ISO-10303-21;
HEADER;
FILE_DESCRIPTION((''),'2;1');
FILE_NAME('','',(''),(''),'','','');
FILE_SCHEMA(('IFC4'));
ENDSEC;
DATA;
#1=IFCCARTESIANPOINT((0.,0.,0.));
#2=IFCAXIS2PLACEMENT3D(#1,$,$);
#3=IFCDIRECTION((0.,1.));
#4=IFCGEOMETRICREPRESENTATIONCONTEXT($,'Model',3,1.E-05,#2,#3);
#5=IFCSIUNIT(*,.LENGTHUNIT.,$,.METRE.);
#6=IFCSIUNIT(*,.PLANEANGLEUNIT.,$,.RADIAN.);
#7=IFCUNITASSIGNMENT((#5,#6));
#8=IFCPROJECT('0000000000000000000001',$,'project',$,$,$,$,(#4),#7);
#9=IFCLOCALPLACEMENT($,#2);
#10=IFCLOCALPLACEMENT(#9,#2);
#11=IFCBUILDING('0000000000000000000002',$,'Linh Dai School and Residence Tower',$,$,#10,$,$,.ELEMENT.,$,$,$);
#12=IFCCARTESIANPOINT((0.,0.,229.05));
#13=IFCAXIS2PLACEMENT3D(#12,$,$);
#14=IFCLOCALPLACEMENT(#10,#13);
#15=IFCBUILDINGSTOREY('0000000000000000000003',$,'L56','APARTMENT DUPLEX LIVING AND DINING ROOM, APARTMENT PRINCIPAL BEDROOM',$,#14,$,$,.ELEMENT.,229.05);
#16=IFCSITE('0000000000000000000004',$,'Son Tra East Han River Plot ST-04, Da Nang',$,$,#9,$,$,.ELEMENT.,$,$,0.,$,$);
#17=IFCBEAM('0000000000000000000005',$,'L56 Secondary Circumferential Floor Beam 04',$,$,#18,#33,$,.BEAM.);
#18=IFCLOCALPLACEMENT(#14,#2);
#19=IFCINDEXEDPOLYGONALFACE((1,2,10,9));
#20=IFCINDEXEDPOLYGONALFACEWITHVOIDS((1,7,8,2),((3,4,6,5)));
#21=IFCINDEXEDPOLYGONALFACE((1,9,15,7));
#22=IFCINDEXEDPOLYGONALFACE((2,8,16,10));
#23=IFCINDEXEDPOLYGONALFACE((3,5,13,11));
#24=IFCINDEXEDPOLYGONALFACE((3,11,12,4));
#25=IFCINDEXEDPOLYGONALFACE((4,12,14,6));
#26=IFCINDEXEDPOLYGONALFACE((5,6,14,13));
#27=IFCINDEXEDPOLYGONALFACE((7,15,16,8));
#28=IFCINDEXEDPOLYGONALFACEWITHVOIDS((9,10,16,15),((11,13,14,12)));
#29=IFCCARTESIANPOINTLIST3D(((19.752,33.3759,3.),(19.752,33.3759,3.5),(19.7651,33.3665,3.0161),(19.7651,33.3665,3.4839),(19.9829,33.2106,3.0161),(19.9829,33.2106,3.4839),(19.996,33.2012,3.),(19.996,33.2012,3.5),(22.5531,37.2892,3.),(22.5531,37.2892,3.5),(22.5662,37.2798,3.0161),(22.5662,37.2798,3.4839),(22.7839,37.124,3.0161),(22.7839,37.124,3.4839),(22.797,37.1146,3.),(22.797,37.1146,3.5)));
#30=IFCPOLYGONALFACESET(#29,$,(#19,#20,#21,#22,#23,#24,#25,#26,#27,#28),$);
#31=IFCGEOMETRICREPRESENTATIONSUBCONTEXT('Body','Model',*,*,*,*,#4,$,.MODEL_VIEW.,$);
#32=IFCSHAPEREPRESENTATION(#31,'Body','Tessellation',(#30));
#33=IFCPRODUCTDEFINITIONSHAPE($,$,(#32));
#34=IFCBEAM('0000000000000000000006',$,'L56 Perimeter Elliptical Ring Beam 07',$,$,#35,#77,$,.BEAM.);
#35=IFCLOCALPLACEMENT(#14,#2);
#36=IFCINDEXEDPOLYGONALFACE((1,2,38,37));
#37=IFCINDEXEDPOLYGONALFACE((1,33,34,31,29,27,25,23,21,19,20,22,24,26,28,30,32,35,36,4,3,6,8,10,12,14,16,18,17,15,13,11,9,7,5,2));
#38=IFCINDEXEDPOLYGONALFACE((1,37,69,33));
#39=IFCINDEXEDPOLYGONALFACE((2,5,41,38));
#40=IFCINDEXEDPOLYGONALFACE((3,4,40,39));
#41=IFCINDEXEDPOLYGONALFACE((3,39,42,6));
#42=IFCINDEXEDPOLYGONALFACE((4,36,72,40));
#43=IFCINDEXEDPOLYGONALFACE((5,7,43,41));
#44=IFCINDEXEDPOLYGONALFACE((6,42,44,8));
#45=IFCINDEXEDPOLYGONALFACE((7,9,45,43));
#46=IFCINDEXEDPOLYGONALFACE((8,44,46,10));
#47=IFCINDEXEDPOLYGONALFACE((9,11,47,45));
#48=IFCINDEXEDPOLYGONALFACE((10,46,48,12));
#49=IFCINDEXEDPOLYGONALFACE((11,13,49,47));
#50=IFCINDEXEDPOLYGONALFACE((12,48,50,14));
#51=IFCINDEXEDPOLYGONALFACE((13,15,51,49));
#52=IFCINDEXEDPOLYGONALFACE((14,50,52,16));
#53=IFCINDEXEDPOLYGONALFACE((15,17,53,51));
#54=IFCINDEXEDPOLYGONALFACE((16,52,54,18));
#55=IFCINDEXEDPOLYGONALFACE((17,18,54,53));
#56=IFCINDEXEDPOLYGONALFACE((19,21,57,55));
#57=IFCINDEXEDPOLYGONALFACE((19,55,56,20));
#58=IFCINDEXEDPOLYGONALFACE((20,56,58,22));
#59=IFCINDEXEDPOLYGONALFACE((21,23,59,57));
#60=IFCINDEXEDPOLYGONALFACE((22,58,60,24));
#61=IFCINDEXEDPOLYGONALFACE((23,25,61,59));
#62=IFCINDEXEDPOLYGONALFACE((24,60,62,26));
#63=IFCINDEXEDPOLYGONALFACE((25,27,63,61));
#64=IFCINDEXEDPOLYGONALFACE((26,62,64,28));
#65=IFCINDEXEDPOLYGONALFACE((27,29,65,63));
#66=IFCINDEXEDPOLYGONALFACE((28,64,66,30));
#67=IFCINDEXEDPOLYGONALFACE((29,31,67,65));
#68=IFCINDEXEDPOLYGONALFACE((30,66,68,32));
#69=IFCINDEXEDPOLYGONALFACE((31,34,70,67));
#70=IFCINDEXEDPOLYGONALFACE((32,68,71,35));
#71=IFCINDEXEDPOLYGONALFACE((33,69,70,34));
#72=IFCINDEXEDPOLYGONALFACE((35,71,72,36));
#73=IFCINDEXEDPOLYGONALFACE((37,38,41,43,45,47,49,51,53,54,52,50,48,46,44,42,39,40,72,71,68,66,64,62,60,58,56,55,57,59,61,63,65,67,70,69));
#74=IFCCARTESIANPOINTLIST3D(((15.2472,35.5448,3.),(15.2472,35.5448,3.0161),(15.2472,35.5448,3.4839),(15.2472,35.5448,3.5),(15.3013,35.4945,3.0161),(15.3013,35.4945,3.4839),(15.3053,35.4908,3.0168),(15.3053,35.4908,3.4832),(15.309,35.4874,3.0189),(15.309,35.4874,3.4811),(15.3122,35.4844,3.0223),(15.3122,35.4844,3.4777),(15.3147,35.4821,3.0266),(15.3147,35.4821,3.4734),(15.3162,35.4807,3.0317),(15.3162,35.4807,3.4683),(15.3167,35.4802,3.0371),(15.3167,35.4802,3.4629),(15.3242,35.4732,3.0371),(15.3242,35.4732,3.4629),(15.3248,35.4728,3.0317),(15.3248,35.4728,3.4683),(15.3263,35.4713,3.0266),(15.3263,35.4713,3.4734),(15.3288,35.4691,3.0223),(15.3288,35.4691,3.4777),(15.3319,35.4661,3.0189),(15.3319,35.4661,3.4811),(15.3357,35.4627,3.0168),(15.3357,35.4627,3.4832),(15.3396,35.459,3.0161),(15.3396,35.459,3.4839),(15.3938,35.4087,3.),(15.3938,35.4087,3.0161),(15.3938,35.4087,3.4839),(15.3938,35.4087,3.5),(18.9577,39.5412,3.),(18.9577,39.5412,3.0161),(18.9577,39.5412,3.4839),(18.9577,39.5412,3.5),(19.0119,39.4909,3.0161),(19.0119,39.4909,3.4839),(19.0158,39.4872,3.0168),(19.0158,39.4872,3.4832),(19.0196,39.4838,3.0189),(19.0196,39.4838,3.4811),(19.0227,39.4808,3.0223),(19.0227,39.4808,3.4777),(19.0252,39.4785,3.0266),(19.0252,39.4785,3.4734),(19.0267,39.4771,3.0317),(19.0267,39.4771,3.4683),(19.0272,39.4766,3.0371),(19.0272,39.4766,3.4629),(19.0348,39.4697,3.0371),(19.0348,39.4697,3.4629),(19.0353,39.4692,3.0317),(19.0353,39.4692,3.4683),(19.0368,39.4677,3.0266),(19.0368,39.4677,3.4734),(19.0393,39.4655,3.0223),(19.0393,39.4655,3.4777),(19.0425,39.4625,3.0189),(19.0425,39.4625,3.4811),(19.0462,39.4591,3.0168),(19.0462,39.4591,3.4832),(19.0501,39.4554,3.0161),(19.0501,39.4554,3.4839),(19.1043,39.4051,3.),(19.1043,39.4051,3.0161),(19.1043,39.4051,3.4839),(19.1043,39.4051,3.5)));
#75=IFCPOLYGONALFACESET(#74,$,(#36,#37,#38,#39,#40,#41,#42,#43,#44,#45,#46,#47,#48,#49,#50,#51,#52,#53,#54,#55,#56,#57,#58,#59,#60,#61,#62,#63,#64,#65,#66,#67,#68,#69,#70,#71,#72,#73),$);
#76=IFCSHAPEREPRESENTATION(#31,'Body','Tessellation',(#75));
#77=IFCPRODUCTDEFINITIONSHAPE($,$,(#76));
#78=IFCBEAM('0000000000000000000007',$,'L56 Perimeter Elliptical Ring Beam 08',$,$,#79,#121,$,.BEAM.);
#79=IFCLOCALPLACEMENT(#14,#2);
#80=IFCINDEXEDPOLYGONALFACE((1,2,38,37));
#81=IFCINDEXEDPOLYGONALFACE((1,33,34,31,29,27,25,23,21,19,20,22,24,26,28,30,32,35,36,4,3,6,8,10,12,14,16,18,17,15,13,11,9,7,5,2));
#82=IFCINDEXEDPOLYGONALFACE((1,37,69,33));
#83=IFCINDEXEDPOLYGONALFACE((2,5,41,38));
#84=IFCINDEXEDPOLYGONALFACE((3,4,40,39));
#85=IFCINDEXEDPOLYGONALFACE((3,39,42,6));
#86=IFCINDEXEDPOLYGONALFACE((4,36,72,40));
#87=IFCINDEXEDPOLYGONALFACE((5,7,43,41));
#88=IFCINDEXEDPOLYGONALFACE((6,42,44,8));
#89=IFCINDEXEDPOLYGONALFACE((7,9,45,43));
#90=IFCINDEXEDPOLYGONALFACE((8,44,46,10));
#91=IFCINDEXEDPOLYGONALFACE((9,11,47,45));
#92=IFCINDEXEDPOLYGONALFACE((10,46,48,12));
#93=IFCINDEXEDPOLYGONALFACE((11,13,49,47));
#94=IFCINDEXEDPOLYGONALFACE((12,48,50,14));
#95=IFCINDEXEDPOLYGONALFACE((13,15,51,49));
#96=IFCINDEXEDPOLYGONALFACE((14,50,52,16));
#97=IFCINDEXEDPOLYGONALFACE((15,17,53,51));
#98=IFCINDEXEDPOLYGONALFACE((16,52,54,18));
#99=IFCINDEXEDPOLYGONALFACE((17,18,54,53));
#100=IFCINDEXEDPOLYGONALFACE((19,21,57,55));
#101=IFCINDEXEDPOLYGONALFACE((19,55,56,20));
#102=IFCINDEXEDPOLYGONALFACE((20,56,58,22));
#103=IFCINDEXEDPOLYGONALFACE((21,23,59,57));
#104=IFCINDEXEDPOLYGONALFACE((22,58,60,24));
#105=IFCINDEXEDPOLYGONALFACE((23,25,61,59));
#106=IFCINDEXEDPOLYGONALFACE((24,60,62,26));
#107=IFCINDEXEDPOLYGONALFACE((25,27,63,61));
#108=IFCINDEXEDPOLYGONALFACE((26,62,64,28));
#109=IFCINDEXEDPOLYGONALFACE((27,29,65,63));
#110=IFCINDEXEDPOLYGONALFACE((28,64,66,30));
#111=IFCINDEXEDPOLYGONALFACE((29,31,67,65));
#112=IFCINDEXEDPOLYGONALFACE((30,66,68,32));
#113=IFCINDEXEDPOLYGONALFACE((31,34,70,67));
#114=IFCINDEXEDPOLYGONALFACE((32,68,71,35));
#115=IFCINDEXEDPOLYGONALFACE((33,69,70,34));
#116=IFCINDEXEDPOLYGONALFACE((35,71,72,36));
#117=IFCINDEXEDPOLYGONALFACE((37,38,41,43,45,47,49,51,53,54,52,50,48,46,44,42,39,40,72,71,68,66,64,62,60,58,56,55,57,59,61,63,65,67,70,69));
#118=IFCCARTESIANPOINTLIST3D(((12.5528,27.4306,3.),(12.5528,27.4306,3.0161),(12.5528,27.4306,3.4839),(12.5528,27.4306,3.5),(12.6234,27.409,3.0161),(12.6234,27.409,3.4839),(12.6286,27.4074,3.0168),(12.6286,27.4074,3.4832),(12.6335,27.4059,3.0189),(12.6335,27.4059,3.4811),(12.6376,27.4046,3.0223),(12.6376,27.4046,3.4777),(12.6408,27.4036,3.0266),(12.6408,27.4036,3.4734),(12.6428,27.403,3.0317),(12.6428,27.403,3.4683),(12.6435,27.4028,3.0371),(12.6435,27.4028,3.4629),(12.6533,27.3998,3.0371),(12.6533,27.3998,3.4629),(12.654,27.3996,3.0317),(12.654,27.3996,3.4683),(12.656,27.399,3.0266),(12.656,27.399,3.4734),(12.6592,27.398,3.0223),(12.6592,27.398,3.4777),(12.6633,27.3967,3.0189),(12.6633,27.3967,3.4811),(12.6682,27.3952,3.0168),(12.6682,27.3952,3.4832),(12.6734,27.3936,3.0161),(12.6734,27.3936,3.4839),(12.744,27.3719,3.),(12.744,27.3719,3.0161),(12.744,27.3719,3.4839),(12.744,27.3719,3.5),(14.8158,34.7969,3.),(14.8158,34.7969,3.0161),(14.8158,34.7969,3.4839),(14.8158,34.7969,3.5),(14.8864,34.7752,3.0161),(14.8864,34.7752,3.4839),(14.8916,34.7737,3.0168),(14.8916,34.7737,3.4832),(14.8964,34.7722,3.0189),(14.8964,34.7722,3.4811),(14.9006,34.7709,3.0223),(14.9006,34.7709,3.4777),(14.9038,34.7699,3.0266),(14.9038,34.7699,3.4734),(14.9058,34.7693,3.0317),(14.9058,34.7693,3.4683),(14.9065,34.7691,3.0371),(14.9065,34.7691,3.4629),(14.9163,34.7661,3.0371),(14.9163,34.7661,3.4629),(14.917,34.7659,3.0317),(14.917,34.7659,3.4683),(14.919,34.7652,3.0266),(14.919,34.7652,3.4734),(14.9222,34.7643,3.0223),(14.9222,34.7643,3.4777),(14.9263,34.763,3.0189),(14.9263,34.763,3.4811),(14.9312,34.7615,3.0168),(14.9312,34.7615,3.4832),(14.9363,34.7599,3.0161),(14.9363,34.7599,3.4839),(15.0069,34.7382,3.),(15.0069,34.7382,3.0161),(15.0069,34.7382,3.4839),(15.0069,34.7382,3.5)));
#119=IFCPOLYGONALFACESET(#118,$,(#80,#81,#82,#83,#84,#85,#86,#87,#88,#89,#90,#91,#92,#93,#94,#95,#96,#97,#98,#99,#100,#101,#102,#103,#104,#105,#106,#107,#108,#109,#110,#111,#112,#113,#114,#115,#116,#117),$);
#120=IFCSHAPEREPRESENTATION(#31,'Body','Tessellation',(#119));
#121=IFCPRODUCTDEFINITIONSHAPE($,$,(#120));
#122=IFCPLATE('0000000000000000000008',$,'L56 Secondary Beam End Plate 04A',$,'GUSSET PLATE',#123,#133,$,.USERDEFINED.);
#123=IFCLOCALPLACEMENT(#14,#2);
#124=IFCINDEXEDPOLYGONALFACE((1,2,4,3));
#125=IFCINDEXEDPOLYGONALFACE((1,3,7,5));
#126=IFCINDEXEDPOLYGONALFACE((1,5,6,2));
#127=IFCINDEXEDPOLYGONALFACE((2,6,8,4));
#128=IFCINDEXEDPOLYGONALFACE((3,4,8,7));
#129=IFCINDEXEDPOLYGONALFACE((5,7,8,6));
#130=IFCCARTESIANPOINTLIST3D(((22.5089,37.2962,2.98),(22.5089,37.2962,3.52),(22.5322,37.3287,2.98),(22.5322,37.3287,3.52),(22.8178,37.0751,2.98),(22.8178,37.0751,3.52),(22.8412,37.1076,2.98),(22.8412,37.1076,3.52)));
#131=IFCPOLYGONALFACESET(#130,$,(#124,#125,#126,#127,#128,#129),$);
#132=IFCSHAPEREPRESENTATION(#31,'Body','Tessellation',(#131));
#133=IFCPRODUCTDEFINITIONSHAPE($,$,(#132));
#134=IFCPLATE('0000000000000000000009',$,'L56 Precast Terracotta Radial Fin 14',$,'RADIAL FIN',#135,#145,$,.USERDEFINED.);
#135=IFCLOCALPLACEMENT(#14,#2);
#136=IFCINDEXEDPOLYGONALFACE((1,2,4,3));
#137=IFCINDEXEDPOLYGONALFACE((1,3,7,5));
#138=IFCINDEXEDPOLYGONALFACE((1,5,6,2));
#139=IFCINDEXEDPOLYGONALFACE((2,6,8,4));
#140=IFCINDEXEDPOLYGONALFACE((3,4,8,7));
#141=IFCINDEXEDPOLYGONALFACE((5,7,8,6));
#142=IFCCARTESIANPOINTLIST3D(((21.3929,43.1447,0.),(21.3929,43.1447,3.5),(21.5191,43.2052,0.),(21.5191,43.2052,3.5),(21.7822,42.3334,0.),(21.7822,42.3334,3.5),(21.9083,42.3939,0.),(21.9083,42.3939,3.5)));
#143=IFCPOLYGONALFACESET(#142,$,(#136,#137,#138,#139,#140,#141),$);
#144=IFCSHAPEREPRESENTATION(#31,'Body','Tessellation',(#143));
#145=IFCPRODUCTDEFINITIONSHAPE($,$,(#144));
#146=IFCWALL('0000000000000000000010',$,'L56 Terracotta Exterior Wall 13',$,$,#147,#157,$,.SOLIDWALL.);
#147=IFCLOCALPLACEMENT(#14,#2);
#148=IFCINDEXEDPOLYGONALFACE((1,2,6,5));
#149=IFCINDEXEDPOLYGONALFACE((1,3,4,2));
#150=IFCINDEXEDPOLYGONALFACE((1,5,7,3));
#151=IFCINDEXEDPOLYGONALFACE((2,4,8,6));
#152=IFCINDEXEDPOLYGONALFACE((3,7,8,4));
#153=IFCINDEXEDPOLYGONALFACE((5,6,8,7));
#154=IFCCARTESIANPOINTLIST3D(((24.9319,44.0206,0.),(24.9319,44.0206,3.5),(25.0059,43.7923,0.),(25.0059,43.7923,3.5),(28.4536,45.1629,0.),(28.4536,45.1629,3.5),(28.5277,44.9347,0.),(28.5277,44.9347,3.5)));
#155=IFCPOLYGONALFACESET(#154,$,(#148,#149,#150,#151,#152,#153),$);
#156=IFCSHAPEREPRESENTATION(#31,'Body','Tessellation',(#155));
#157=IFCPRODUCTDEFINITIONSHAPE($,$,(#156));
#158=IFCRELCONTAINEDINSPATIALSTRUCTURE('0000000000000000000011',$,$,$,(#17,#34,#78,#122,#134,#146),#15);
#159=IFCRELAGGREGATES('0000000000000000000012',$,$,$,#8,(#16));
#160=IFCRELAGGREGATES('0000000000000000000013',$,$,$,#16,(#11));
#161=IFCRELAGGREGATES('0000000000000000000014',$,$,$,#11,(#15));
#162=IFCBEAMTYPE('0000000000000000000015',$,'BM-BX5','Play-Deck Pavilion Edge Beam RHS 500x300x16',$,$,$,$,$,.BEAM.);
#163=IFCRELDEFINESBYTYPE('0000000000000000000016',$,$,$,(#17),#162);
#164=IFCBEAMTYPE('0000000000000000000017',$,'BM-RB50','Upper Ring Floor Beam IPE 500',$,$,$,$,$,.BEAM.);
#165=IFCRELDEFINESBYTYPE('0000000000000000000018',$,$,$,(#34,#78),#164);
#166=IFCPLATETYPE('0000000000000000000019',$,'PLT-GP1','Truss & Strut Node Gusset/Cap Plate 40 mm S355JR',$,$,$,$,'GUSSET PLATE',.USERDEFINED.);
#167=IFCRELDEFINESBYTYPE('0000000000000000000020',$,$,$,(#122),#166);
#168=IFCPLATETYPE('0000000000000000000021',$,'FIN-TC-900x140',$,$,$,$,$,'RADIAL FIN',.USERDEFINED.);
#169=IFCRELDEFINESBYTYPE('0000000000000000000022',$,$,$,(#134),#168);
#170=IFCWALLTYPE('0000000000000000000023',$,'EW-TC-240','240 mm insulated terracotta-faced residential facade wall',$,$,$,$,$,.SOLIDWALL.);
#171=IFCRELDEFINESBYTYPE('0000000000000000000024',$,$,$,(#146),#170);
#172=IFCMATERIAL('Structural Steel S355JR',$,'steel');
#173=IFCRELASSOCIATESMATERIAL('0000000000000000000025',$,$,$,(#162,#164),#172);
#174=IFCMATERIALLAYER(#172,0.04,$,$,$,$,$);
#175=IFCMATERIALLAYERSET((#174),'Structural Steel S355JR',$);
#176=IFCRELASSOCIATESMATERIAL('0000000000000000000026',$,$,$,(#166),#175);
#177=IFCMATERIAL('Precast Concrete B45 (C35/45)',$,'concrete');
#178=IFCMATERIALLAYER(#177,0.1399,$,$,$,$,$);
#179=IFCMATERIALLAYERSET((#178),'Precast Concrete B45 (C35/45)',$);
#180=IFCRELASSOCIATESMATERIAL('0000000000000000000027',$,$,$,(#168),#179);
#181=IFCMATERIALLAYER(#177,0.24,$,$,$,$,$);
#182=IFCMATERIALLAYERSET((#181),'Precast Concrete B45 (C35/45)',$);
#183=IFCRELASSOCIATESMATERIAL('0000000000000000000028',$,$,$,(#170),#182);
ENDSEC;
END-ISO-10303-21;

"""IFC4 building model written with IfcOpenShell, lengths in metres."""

from ifc_helpers import new_model, si_unit, direction, frame, frame_2d, origin, origin_2d, place, context, subcontext, project, spatial, rectangle, hollow_rectangle, i_section, extrude, source, transform, mapped, material, layer, layer_set, material_profile, profile_set, type_object, element, save


model = new_model("IFC4")

# Units and contexts
model_context = context("Model", 3, precision=1e-05, world=origin(), true_north=direction((0.0, 1.0)))
body_context = subcontext(model_context, "Body", "Model", "MODEL_VIEW")
ifc_project = project(units=[si_unit("LENGTHUNIT", "METRE"), si_unit("PLANEANGLEUNIT", "RADIAN")], contexts=[model_context])

# Site, building, storey
site_placement = place(None, origin())
site = spatial("IfcSite", under=ifc_project, at=site_placement, Name="Son Tra East Han River Plot ST-04, Da Nang", CompositionType="ELEMENT", RefElevation=0.0)
building_placement = place(site_placement, origin())
building = spatial("IfcBuilding", under=site, at=building_placement, Name="Linh Dai School and Residence Tower", CompositionType="ELEMENT")
storey_placement = place(building_placement, frame((0.0, 0.0, 229.05)))
storey = spatial("IfcBuildingStorey", under=building, at=storey_placement, Name="L56", Description="APARTMENT DUPLEX LIVING AND DINING ROOM, APARTMENT PRINCIPAL BEDROOM", CompositionType="ELEMENT", Elevation=229.05)

# Shared definitions
ifc_material_1 = material(Name="Structural Steel S355JR", Category="steel")

# Beams
ifc_material_profile_1 = material_profile(ifc_material_1, hollow_rectangle(XDim=0.3, YDim=0.5, WallThickness=0.0161, at=origin_2d()), Name="RHS 500x300x16")
ifc_profile_set_1 = profile_set([ifc_material_profile_1], Name="Structural Steel S355JR")
beam_type_1 = type_object("IfcBeamType", Name="BM-BX5", Description="Play-Deck Pavilion Edge Beam RHS 500x300x16", PredefinedType="BEAM", material=ifc_profile_set_1)
beam_1_placement = place(storey_placement, frame((22.675, 37.2019, 3.25), z_axis=(-0.582035, -0.813164, 0.0), x_axis=(0.813164, -0.582035, 0.0)))
element("IfcBeam", 1, at=beam_1_placement, inside=storey, type_object=beam_type_1, Name="L56 Secondary Circumferential Floor Beam 04", PredefinedType="BEAM", context=body_context, shape_type="SweptSolid", body=[
    extrude(hollow_rectangle(XDim=0.3, YDim=0.5, WallThickness=0.0161, at=origin_2d()), origin(), (0.0, 0.0, 1.0), 4.8125),
])
ifc_material_profile_2 = material_profile(ifc_material_1, i_section(OverallWidth=0.2, OverallDepth=0.5, WebThickness=0.0103, FlangeThickness=0.0161, FilletRadius=0.021, at=origin_2d()), Name="IPE 500")
ifc_profile_set_2 = profile_set([ifc_material_profile_2], Name="Structural Steel S355JR")
beam_type_2 = type_object("IfcBeamType", Name="BM-RB50", Description="Upper Ring Floor Beam IPE 500", PredefinedType="BEAM", material=ifc_profile_set_2)
beam_2_placement = place(storey_placement, frame((19.031, 39.4731, 3.25), z_axis=(-0.680408, -0.732833, 0.0), x_axis=(0.732833, -0.680408, 0.0)))
element("IfcBeam", 2, at=beam_2_placement, inside=storey, type_object=beam_type_2, Name="L56 Perimeter Elliptical Ring Beam 07", PredefinedType="BEAM", context=body_context, shape_type="SweptSolid", body=[
    extrude(i_section(OverallWidth=0.2, OverallDepth=0.5, WebThickness=0.0103, FlangeThickness=0.0161, FilletRadius=0.021, at=origin_2d()), origin(), (0.0, 0.0, 1.0), 5.4534),
])
beam_3_placement = place(storey_placement, frame((14.9114, 34.7676, 3.25), z_axis=(-0.293661, -0.95591, 0.0), x_axis=(0.95591, -0.293661, 0.0)))
element("IfcBeam", 3, at=beam_3_placement, inside=storey, type_object=beam_type_2, Name="L56 Perimeter Elliptical Ring Beam 08", PredefinedType="BEAM", context=body_context, shape_type="SweptSolid", body=[
    extrude(i_section(OverallWidth=0.2, OverallDepth=0.5, WebThickness=0.0103, FlangeThickness=0.0161, FilletRadius=0.021, at=origin_2d()), origin(), (0.0, 0.0, 1.0), 7.7061),
])

# Plates
ifc_layer_1 = layer(ifc_material_1, 0.04)
ifc_layer_set_1 = layer_set([ifc_layer_1], Name="Structural Steel S355JR")
plate_type_1 = type_object("IfcPlateType", Name="PLT-GP1", Description="Truss & Strut Node Gusset/Cap Plate 40 mm S355JR", ElementType="GUSSET PLATE", PredefinedType="USERDEFINED", material=ifc_layer_set_1)
shared_shape_1 = source(origin(), body_context, "Body", "SweptSolid", [
    extrude(rectangle(XDim=0.04, YDim=0.3799, at=origin_2d()), origin(), (0.0, 0.0, 1.0), 0.54),
])
plate_1_placement = place(storey_placement, frame((22.675, 37.2019, 2.98), z_axis=(0.0, 0.0, 1.0), x_axis=(-0.58204, -0.81316, 0.0)))
element("IfcPlate", 4, at=plate_1_placement, inside=storey, type_object=plate_type_1, Name="L56 Secondary Beam End Plate 04A", ObjectType="GUSSET PLATE", PredefinedType="USERDEFINED", context=body_context, shape_type="MappedRepresentation", body=[
    mapped(shared_shape_1, transform((0.0, 0.0, 0.0), x_axis=(1.0, 0.0, 0.0), y_axis=(0.0, 1.0, 0.0), z_axis=(0.0, 0.0, 1.0), scale=1.0)),
])
ifc_material_2 = material(Name="Precast Concrete B45 (C35/45)", Category="concrete")
ifc_layer_2 = layer(ifc_material_2, 0.1399)
ifc_layer_set_2 = layer_set([ifc_layer_2], Name="Precast Concrete B45 (C35/45)")
plate_type_2 = type_object("IfcPlateType", Name="FIN-TC-900x140", ElementType="RADIAL FIN", PredefinedType="USERDEFINED", material=ifc_layer_set_2)
shared_shape_2 = source(origin(), body_context, "Body", "SweptSolid", [
    extrude(rectangle(XDim=0.8999, YDim=0.1399, at=origin_2d()), origin(), (0.0, 0.0, 1.0), 3.5),
])
plate_2_placement = place(storey_placement, frame((21.6506, 42.7693, 0.0), z_axis=(0.0, 0.0, 1.0), x_axis=(-0.432594, 0.901589, 0.0)))
element("IfcPlate", 5, at=plate_2_placement, inside=storey, type_object=plate_type_2, Name="L56 Precast Terracotta Radial Fin 14", ObjectType="RADIAL FIN", PredefinedType="USERDEFINED", context=body_context, shape_type="MappedRepresentation", body=[
    mapped(shared_shape_2, transform((0.0, 0.0, 0.0), x_axis=(1.0, 0.0, 0.0), y_axis=(0.0, 1.0, 0.0), z_axis=(0.0, 0.0, 1.0), scale=1.0)),
])

# Wall
ifc_layer_3 = layer(ifc_material_2, 0.24)
ifc_layer_set_3 = layer_set([ifc_layer_3], Name="Precast Concrete B45 (C35/45)")
wall_type_1 = type_object("IfcWallType", Name="EW-TC-240", Description="240 mm insulated terracotta-faced residential facade wall", PredefinedType="SOLIDWALL", material=ifc_layer_set_3)
wall_1_placement = place(storey_placement, frame((24.969, 43.9065, 0.0), z_axis=(0.0, 0.0, 1.0), x_axis=(0.951211, 0.308542, 0.0)))
element("IfcWall", 6, at=wall_1_placement, inside=storey, type_object=wall_type_1, Name="L56 Terracotta Exterior Wall 13", PredefinedType="SOLIDWALL", context=body_context, shape_type="SweptSolid", body=[
    extrude(rectangle(XDim=3.7024, YDim=0.24, at=frame_2d((1.8511, 0.0))), origin(), (0.0, 0.0, 1.0), 3.5),
])

save(model, "model.ifc")
